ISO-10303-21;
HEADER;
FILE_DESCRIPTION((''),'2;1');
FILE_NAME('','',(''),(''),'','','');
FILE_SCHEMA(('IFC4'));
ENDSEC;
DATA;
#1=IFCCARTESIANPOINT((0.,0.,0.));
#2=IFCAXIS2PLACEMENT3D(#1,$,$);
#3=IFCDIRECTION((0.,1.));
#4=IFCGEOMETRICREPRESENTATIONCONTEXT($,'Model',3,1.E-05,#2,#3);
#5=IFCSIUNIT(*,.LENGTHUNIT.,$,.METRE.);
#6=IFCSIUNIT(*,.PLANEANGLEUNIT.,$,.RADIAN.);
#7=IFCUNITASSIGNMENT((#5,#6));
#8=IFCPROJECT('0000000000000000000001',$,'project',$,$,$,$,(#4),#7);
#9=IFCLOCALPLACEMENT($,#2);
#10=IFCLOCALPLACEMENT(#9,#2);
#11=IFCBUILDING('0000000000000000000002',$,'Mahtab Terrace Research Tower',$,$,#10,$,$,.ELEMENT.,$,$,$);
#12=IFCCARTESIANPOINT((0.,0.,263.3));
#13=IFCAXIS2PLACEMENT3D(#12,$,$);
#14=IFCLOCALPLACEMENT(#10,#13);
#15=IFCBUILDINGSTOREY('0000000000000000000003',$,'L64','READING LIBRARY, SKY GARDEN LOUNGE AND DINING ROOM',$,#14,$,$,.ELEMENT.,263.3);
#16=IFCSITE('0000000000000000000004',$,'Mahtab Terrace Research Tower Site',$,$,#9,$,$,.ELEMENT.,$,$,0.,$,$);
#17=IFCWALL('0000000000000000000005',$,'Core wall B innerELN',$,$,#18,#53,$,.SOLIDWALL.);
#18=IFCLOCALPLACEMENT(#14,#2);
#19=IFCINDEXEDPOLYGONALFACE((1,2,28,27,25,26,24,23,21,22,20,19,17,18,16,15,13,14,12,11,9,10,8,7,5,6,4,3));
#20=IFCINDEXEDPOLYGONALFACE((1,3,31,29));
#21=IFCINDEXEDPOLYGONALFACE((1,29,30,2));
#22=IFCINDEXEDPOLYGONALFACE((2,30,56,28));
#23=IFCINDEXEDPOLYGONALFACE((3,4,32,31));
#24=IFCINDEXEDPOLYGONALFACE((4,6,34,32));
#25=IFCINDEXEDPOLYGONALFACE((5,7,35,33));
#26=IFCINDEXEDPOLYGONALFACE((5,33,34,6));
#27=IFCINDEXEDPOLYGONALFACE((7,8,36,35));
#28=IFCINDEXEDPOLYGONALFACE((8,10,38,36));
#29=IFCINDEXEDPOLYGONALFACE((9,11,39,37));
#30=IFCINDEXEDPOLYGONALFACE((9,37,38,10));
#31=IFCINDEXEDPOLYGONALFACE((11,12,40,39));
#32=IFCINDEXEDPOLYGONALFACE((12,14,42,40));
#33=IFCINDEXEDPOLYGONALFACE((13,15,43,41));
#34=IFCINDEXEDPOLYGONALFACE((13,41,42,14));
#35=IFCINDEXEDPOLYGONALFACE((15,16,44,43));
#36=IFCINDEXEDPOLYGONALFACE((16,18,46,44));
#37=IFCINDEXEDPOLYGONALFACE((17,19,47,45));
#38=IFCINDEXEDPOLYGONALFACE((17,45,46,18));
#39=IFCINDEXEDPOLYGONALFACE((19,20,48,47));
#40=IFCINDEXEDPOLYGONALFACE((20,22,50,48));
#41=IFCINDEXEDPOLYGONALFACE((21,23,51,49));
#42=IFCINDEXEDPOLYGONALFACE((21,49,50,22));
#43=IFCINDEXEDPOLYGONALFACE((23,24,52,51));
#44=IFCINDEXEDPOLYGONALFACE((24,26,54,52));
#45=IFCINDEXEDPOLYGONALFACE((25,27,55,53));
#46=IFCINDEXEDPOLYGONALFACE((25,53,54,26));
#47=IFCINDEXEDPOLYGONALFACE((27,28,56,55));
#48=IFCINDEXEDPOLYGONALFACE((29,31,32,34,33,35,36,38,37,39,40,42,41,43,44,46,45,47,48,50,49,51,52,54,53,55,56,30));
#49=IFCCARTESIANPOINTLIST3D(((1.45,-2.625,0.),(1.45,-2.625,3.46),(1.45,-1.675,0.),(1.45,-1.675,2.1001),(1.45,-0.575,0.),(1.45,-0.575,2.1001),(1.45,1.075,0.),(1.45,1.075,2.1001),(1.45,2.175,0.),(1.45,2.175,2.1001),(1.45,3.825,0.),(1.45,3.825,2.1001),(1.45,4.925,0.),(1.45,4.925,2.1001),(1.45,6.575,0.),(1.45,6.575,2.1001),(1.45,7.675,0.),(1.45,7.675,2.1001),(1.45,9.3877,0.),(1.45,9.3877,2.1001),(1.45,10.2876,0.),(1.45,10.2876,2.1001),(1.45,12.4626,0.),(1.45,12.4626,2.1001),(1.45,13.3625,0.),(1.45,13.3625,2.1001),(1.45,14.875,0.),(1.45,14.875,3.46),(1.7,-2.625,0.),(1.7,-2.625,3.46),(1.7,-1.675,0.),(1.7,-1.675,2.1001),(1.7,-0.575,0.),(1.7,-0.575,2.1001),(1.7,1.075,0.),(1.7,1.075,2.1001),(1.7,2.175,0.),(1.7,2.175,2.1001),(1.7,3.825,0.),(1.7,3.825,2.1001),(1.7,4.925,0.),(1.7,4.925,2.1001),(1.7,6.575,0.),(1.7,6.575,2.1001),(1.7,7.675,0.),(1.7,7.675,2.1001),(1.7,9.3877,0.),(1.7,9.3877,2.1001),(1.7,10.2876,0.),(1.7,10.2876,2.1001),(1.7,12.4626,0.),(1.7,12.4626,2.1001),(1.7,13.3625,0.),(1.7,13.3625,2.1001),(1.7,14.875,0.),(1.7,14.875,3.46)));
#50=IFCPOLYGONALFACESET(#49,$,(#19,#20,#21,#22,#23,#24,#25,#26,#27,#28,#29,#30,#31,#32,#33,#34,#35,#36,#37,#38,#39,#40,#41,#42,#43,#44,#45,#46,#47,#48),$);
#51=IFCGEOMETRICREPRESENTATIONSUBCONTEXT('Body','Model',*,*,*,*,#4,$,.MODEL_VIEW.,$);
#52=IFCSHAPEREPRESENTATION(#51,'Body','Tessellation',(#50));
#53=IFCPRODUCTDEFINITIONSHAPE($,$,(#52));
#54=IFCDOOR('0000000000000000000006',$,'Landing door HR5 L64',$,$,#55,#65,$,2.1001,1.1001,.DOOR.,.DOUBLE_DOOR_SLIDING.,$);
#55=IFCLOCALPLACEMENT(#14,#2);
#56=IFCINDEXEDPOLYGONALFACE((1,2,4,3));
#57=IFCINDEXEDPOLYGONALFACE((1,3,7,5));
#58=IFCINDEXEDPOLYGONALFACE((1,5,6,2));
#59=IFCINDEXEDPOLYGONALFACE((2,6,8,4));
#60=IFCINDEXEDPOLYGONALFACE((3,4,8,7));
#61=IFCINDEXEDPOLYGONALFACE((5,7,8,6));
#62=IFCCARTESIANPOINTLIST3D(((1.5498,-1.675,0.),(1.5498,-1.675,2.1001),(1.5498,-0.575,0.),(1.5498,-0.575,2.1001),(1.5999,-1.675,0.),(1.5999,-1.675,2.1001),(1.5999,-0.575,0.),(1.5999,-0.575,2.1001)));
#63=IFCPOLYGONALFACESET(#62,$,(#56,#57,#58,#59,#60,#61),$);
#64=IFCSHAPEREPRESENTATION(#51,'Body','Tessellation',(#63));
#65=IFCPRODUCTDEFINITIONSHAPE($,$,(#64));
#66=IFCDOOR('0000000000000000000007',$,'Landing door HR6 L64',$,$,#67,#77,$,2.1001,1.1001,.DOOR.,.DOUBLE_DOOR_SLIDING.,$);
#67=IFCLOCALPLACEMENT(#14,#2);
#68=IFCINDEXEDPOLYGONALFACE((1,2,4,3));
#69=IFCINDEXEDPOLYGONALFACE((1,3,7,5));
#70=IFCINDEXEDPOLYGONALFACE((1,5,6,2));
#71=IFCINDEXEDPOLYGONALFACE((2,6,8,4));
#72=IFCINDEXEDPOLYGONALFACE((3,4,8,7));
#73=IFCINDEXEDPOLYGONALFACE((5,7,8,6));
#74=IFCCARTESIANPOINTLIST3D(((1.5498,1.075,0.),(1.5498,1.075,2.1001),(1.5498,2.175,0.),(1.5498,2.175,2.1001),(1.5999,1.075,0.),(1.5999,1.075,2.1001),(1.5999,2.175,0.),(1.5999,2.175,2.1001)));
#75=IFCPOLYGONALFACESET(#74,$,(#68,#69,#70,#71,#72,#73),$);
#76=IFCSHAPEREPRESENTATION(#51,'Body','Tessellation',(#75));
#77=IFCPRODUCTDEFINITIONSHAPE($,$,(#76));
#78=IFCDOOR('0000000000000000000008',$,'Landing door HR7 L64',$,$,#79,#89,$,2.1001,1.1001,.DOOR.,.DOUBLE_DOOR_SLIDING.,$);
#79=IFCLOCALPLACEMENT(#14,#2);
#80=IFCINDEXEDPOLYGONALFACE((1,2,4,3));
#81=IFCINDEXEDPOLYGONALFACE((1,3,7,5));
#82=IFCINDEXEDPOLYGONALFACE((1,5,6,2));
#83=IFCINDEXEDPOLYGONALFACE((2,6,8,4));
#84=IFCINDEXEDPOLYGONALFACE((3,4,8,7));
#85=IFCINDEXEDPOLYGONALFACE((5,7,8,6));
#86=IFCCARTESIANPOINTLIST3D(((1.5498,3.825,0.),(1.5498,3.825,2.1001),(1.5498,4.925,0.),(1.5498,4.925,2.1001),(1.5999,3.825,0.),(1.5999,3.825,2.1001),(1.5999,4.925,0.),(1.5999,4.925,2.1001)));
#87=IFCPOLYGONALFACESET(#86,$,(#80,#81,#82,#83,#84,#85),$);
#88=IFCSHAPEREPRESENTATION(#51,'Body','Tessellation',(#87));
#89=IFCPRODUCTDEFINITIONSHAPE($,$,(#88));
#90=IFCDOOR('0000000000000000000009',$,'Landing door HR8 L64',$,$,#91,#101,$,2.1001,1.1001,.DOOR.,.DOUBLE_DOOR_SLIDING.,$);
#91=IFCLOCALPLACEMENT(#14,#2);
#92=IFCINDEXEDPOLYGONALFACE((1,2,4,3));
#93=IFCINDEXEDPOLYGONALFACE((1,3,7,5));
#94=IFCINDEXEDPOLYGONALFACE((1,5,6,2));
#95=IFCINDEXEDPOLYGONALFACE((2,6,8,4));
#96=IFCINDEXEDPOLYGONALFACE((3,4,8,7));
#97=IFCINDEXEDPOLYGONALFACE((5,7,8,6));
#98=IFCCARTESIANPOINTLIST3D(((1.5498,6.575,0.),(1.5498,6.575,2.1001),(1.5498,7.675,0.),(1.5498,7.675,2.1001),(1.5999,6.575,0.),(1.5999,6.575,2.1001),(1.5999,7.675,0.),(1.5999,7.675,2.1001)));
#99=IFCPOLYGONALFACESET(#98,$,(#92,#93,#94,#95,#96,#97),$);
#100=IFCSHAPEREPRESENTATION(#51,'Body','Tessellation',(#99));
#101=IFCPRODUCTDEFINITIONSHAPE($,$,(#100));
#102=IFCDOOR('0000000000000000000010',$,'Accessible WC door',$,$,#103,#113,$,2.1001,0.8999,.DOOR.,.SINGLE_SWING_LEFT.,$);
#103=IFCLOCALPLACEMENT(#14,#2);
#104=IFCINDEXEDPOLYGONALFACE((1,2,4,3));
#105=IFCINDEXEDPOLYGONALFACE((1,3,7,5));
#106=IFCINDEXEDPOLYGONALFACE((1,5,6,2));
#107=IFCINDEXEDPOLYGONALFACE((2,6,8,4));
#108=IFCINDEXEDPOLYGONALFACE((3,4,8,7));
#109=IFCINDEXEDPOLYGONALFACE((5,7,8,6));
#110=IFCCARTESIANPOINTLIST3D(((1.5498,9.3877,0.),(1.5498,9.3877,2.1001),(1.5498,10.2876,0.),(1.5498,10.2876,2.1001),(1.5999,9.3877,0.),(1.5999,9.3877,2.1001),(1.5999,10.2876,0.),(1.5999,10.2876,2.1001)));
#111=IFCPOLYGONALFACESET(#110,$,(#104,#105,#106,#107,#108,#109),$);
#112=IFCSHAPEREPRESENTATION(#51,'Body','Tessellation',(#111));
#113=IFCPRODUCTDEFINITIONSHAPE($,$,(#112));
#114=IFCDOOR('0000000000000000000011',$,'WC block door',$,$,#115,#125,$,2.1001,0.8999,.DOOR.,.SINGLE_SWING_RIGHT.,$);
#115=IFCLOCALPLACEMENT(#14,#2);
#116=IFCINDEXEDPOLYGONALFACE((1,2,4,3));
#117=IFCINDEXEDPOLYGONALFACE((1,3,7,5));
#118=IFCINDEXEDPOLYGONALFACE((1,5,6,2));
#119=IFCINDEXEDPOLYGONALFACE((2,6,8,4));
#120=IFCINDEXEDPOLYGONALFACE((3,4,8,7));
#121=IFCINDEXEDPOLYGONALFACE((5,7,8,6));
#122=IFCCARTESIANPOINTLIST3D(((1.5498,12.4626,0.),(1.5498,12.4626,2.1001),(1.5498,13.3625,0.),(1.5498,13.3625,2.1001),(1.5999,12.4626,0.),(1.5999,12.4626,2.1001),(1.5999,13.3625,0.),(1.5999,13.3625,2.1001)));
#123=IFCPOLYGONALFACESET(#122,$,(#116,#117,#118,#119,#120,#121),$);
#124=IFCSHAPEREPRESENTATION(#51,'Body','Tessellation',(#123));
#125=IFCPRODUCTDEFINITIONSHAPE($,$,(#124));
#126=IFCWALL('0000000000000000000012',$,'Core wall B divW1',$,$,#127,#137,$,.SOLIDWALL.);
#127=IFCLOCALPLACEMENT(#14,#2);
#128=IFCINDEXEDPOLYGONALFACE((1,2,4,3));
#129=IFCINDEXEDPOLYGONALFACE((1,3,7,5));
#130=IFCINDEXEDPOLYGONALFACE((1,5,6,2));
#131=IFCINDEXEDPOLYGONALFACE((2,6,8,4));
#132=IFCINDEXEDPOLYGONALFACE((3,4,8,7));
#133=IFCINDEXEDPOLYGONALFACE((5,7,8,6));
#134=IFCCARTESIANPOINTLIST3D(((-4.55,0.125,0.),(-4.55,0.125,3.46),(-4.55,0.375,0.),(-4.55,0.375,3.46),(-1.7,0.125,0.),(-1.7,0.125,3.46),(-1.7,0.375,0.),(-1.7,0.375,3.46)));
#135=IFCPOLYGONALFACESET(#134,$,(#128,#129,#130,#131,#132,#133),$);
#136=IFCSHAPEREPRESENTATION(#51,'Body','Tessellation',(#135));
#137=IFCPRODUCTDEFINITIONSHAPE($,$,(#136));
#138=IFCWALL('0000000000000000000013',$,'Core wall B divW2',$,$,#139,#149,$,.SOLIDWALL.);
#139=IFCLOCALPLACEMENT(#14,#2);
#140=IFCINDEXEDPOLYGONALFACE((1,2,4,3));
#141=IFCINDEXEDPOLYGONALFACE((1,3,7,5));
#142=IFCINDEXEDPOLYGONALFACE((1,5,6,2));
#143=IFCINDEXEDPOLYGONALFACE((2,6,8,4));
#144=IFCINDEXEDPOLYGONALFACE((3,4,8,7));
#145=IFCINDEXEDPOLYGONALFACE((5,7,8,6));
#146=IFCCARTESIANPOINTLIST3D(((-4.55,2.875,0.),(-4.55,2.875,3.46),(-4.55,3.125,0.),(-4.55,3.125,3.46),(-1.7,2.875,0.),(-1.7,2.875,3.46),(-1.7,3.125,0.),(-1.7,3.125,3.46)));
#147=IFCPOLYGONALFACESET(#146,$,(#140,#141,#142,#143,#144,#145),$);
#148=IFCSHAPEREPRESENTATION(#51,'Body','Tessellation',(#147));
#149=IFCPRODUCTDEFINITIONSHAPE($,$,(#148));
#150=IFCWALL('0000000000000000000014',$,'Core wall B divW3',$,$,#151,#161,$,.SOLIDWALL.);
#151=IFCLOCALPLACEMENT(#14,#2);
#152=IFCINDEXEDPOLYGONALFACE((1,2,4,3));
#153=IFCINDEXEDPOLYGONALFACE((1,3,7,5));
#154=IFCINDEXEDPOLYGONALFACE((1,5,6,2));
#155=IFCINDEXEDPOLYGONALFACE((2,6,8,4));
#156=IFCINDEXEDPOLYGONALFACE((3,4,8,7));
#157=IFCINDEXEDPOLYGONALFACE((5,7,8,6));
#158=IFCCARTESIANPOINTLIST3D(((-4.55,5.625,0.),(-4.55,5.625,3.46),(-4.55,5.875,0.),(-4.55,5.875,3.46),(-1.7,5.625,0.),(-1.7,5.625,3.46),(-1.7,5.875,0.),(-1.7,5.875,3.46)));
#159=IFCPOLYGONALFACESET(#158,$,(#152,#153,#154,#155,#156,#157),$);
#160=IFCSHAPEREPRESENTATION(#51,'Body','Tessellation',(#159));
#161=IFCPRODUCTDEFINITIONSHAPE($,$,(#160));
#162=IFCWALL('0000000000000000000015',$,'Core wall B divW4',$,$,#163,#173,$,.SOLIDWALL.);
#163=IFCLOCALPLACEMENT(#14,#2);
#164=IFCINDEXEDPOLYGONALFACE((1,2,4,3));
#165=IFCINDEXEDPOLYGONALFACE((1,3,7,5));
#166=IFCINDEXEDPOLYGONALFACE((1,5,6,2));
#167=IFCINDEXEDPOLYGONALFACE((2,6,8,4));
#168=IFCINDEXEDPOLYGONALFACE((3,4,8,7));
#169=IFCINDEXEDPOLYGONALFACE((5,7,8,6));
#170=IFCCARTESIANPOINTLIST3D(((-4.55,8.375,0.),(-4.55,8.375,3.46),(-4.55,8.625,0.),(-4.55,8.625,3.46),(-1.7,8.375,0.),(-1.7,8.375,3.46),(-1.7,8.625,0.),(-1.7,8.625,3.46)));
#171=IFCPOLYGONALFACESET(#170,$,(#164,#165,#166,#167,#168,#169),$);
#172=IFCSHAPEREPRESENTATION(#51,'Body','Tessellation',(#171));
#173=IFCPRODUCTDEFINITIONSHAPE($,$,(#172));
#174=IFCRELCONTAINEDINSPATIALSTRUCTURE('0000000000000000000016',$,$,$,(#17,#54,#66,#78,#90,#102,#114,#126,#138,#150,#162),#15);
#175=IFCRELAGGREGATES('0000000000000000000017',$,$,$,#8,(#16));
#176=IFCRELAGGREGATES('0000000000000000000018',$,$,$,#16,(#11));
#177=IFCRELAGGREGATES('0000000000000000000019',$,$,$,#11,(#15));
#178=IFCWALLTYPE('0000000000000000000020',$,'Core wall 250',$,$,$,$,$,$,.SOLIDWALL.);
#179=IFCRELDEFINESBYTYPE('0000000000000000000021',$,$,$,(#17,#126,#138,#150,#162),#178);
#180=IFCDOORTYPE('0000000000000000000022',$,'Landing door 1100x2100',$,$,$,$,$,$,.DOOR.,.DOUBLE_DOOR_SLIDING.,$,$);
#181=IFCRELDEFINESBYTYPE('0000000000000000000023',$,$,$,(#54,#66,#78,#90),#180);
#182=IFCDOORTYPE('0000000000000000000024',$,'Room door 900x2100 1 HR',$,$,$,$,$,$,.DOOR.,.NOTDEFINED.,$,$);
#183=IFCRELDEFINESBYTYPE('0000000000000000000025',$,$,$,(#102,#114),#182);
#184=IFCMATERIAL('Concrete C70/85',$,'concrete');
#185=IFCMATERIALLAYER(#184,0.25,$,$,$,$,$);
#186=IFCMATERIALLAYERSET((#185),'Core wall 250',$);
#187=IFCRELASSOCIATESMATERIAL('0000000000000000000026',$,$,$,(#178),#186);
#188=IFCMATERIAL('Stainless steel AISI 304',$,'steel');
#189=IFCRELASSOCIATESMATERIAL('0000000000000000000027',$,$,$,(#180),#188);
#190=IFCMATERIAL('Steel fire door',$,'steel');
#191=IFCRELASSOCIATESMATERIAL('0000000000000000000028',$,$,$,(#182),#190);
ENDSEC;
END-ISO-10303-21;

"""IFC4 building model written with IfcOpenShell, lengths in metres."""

from ifc_helpers import new_model, si_unit, direction, frame, frame_2d, origin, place, context, subcontext, project, spatial, rectangle, extrude, material, layer, layer_set, type_object, element, fill, save


model = new_model("IFC4")

# Units and contexts
model_context = context("Model", 3, precision=1e-05, world=origin(), true_north=direction((0.0, 1.0)))
body_context = subcontext(model_context, "Body", "Model", "MODEL_VIEW")
ifc_project = project(units=[si_unit("LENGTHUNIT", "METRE"), si_unit("PLANEANGLEUNIT", "RADIAN")], contexts=[model_context])

# Site, building, storey
site_placement = place(None, origin())
site = spatial("IfcSite", under=ifc_project, at=site_placement, Name="Mahtab Terrace Research Tower Site", CompositionType="ELEMENT", RefElevation=0.0)
building_placement = place(site_placement, origin())
building = spatial("IfcBuilding", under=site, at=building_placement, Name="Mahtab Terrace Research Tower", CompositionType="ELEMENT")
storey_placement = place(building_placement, frame((0.0, 0.0, 263.3)))
storey = spatial("IfcBuildingStorey", under=building, at=storey_placement, Name="L64", Description="READING LIBRARY, SKY GARDEN LOUNGE AND DINING ROOM", CompositionType="ELEMENT", Elevation=263.3)

# Shared definitions
ifc_material_1 = material(Name="Concrete C70/85", Category="concrete")

# Shared definitions
ifc_layer_1 = layer(ifc_material_1, 0.25)
ifc_layer_set_1 = layer_set([ifc_layer_1], Name="Core wall 250")
wall_type_1 = type_object("IfcWallType", Name="Core wall 250", PredefinedType="SOLIDWALL", material=ifc_layer_set_1)

# Shared definitions
ifc_material_2 = material(Name="Steel fire door", Category="steel")

# Wall, openings, doors
wall_1_placement = place(storey_placement, frame((1.575, 14.875, 0.0), z_axis=(0.0, 0.0, 1.0), x_axis=(0.0, -1.0, 0.0)))
wall_1 = element("IfcWall", 1, at=wall_1_placement, inside=storey, type_object=wall_type_1, Name="Core wall B innerELN", PredefinedType="SOLIDWALL", context=body_context, shape_type="SweptSolid", body=[
    extrude(rectangle(XDim=17.5, YDim=0.25, at=frame_2d((8.75, 0.0))), origin(), (0.0, 0.0, 1.0), 3.46),
])
opening_1_placement = place(wall_1_placement, frame((15.45, 0.0, 0.0)))
opening_1 = element("IfcOpeningElement", 2, at=opening_1_placement, cuts=wall_1, PredefinedType="OPENING", context=body_context, shape_type="SweptSolid", body=[
    extrude(rectangle(XDim=1.1001, YDim=2.1001, at=frame_2d((0.55, 1.05))), frame((0.0, 0.135, 0.0), z_axis=(0.0, -1.0, 0.0), x_axis=(1.0, 0.0, 0.0)), (0.0, 0.0, 1.0), 0.27),
])
opening_2_placement = place(wall_1_placement, frame((12.7, 0.0, 0.0)))
opening_2 = element("IfcOpeningElement", 3, at=opening_2_placement, cuts=wall_1, PredefinedType="OPENING", context=body_context, shape_type="SweptSolid", body=[
    extrude(rectangle(XDim=1.1001, YDim=2.1001, at=frame_2d((0.55, 1.05))), frame((0.0, 0.135, 0.0), z_axis=(0.0, -1.0, 0.0), x_axis=(1.0, 0.0, 0.0)), (0.0, 0.0, 1.0), 0.27),
])
opening_3_placement = place(wall_1_placement, frame((9.95, 0.0, 0.0)))
opening_3 = element("IfcOpeningElement", 4, at=opening_3_placement, cuts=wall_1, PredefinedType="OPENING", context=body_context, shape_type="SweptSolid", body=[
    extrude(rectangle(XDim=1.1001, YDim=2.1001, at=frame_2d((0.55, 1.05))), frame((0.0, 0.135, 0.0), z_axis=(0.0, -1.0, 0.0), x_axis=(1.0, 0.0, 0.0)), (0.0, 0.0, 1.0), 0.27),
])
opening_4_placement = place(wall_1_placement, frame((7.2, 0.0, 0.0)))
opening_4 = element("IfcOpeningElement", 5, at=opening_4_placement, cuts=wall_1, PredefinedType="OPENING", context=body_context, shape_type="SweptSolid", body=[
    extrude(rectangle(XDim=1.1001, YDim=2.1001, at=frame_2d((0.55, 1.05))), frame((0.0, 0.135, 0.0), z_axis=(0.0, -1.0, 0.0), x_axis=(1.0, 0.0, 0.0)), (0.0, 0.0, 1.0), 0.27),
])
opening_5_placement = place(wall_1_placement, frame((4.5874, 0.0, 0.0)))
opening_5 = element("IfcOpeningElement", 6, at=opening_5_placement, cuts=wall_1, PredefinedType="OPENING", context=body_context, shape_type="SweptSolid", body=[
    extrude(rectangle(XDim=0.8999, YDim=2.1001, at=frame_2d((0.45, 1.05))), frame((0.0, 0.135, 0.0), z_axis=(0.0, -1.0, 0.0), x_axis=(1.0, 0.0, 0.0)), (0.0, 0.0, 1.0), 0.27),
])
opening_6_placement = place(wall_1_placement, frame((1.5125, 0.0, 0.0)))
opening_6 = element("IfcOpeningElement", 7, at=opening_6_placement, cuts=wall_1, PredefinedType="OPENING", context=body_context, shape_type="SweptSolid", body=[
    extrude(rectangle(XDim=0.8999, YDim=2.1001, at=frame_2d((0.45, 1.05))), frame((0.0, 0.135, 0.0), z_axis=(0.0, -1.0, 0.0), x_axis=(1.0, 0.0, 0.0)), (0.0, 0.0, 1.0), 0.27),
])
ifc_material_3 = material(Name="Stainless steel AISI 304", Category="steel")
door_type_1 = type_object("IfcDoorType", Name="Landing door 1100x2100", OperationType="DOUBLE_DOOR_SLIDING", PredefinedType="DOOR", material=ifc_material_3)
door_1_placement = place(opening_1_placement, origin())
door_1 = element("IfcDoor", 8, at=door_1_placement, inside=storey, type_object=door_type_1, Name="Landing door HR5 L64", OperationType="DOUBLE_DOOR_SLIDING", OverallHeight=2.1001, OverallWidth=1.1001, PredefinedType="DOOR", context=body_context, shape_type="SweptSolid", body=[
    extrude(rectangle(XDim=1.1001, YDim=2.1001, at=frame_2d((0.55, 1.05))), frame((0.0, 0.0249, 0.0), z_axis=(0.0, -1.0, 0.0), x_axis=(1.0, 0.0, 0.0)), (0.0, 0.0, 1.0), 0.05),
])
fill(opening_1, door_1)
door_2_placement = place(opening_2_placement, origin())
door_2 = element("IfcDoor", 9, at=door_2_placement, inside=storey, type_object=door_type_1, Name="Landing door HR6 L64", OperationType="DOUBLE_DOOR_SLIDING", OverallHeight=2.1001, OverallWidth=1.1001, PredefinedType="DOOR", context=body_context, shape_type="SweptSolid", body=[
    extrude(rectangle(XDim=1.1001, YDim=2.1001, at=frame_2d((0.55, 1.05))), frame((0.0, 0.0249, 0.0), z_axis=(0.0, -1.0, 0.0), x_axis=(1.0, 0.0, 0.0)), (0.0, 0.0, 1.0), 0.05),
])
fill(opening_2, door_2)
door_3_placement = place(opening_3_placement, origin())
door_3 = element("IfcDoor", 10, at=door_3_placement, inside=storey, type_object=door_type_1, Name="Landing door HR7 L64", OperationType="DOUBLE_DOOR_SLIDING", OverallHeight=2.1001, OverallWidth=1.1001, PredefinedType="DOOR", context=body_context, shape_type="SweptSolid", body=[
    extrude(rectangle(XDim=1.1001, YDim=2.1001, at=frame_2d((0.55, 1.05))), frame((0.0, 0.0249, 0.0), z_axis=(0.0, -1.0, 0.0), x_axis=(1.0, 0.0, 0.0)), (0.0, 0.0, 1.0), 0.05),
])
fill(opening_3, door_3)
door_4_placement = place(opening_4_placement, origin())
door_4 = element("IfcDoor", 11, at=door_4_placement, inside=storey, type_object=door_type_1, Name="Landing door HR8 L64", OperationType="DOUBLE_DOOR_SLIDING", OverallHeight=2.1001, OverallWidth=1.1001, PredefinedType="DOOR", context=body_context, shape_type="SweptSolid", body=[
    extrude(rectangle(XDim=1.1001, YDim=2.1001, at=frame_2d((0.55, 1.05))), frame((0.0, 0.0249, 0.0), z_axis=(0.0, -1.0, 0.0), x_axis=(1.0, 0.0, 0.0)), (0.0, 0.0, 1.0), 0.05),
])
fill(opening_4, door_4)
door_type_2 = type_object("IfcDoorType", Name="Room door 900x2100 1 HR", OperationType="NOTDEFINED", PredefinedType="DOOR", material=ifc_material_2)
door_5_placement = place(opening_5_placement, origin())
door_5 = element("IfcDoor", 12, at=door_5_placement, inside=storey, type_object=door_type_2, Name="Accessible WC door", OperationType="SINGLE_SWING_LEFT", OverallHeight=2.1001, OverallWidth=0.8999, PredefinedType="DOOR", context=body_context, shape_type="SweptSolid", body=[
    extrude(rectangle(XDim=0.8999, YDim=2.1001, at=frame_2d((0.45, 1.05))), frame((0.0, 0.0249, 0.0), z_axis=(0.0, -1.0, 0.0), x_axis=(1.0, 0.0, 0.0)), (0.0, 0.0, 1.0), 0.05),
])
fill(opening_5, door_5)
door_6_placement = place(opening_6_placement, origin())
door_6 = element("IfcDoor", 13, at=door_6_placement, inside=storey, type_object=door_type_2, Name="WC block door", OperationType="SINGLE_SWING_RIGHT", OverallHeight=2.1001, OverallWidth=0.8999, PredefinedType="DOOR", context=body_context, shape_type="SweptSolid", body=[
    extrude(rectangle(XDim=0.8999, YDim=2.1001, at=frame_2d((0.45, 1.05))), frame((0.0, 0.0249, 0.0), z_axis=(0.0, -1.0, 0.0), x_axis=(1.0, 0.0, 0.0)), (0.0, 0.0, 1.0), 0.05),
])
fill(opening_6, door_6)

# Walls
for number, where, z_axis, x_axis, name in (
    (14, (-4.55, 0.25, 0.0), (0.0, 0.0, 1.0), (1.0, 0.0, 0.0), "Core wall B divW1"),
    (15, (-4.55, 3.0, 0.0), (0.0, 0.0, 1.0), (1.0, 0.0, 0.0), "Core wall B divW2"),
    (16, (-4.55, 5.75, 0.0), (0.0, 0.0, 1.0), (1.0, 0.0, 0.0), "Core wall B divW3"),
    (17, (-4.55, 8.5, 0.0), (0.0, 0.0, 1.0), (1.0, 0.0, 0.0), "Core wall B divW4"),
):
    element("IfcWall", number, at=place(storey_placement, frame(where, z_axis=z_axis, x_axis=x_axis)), inside=storey, type_object=wall_type_1, Name=name, PredefinedType="SOLIDWALL", context=body_context, shape_type="SweptSolid", body=[
        extrude(rectangle(XDim=2.8501, YDim=0.25, at=frame_2d((1.425, 0.0))), origin(), (0.0, 0.0, 1.0), 3.46),
    ])

save(model, "model.ifc")
